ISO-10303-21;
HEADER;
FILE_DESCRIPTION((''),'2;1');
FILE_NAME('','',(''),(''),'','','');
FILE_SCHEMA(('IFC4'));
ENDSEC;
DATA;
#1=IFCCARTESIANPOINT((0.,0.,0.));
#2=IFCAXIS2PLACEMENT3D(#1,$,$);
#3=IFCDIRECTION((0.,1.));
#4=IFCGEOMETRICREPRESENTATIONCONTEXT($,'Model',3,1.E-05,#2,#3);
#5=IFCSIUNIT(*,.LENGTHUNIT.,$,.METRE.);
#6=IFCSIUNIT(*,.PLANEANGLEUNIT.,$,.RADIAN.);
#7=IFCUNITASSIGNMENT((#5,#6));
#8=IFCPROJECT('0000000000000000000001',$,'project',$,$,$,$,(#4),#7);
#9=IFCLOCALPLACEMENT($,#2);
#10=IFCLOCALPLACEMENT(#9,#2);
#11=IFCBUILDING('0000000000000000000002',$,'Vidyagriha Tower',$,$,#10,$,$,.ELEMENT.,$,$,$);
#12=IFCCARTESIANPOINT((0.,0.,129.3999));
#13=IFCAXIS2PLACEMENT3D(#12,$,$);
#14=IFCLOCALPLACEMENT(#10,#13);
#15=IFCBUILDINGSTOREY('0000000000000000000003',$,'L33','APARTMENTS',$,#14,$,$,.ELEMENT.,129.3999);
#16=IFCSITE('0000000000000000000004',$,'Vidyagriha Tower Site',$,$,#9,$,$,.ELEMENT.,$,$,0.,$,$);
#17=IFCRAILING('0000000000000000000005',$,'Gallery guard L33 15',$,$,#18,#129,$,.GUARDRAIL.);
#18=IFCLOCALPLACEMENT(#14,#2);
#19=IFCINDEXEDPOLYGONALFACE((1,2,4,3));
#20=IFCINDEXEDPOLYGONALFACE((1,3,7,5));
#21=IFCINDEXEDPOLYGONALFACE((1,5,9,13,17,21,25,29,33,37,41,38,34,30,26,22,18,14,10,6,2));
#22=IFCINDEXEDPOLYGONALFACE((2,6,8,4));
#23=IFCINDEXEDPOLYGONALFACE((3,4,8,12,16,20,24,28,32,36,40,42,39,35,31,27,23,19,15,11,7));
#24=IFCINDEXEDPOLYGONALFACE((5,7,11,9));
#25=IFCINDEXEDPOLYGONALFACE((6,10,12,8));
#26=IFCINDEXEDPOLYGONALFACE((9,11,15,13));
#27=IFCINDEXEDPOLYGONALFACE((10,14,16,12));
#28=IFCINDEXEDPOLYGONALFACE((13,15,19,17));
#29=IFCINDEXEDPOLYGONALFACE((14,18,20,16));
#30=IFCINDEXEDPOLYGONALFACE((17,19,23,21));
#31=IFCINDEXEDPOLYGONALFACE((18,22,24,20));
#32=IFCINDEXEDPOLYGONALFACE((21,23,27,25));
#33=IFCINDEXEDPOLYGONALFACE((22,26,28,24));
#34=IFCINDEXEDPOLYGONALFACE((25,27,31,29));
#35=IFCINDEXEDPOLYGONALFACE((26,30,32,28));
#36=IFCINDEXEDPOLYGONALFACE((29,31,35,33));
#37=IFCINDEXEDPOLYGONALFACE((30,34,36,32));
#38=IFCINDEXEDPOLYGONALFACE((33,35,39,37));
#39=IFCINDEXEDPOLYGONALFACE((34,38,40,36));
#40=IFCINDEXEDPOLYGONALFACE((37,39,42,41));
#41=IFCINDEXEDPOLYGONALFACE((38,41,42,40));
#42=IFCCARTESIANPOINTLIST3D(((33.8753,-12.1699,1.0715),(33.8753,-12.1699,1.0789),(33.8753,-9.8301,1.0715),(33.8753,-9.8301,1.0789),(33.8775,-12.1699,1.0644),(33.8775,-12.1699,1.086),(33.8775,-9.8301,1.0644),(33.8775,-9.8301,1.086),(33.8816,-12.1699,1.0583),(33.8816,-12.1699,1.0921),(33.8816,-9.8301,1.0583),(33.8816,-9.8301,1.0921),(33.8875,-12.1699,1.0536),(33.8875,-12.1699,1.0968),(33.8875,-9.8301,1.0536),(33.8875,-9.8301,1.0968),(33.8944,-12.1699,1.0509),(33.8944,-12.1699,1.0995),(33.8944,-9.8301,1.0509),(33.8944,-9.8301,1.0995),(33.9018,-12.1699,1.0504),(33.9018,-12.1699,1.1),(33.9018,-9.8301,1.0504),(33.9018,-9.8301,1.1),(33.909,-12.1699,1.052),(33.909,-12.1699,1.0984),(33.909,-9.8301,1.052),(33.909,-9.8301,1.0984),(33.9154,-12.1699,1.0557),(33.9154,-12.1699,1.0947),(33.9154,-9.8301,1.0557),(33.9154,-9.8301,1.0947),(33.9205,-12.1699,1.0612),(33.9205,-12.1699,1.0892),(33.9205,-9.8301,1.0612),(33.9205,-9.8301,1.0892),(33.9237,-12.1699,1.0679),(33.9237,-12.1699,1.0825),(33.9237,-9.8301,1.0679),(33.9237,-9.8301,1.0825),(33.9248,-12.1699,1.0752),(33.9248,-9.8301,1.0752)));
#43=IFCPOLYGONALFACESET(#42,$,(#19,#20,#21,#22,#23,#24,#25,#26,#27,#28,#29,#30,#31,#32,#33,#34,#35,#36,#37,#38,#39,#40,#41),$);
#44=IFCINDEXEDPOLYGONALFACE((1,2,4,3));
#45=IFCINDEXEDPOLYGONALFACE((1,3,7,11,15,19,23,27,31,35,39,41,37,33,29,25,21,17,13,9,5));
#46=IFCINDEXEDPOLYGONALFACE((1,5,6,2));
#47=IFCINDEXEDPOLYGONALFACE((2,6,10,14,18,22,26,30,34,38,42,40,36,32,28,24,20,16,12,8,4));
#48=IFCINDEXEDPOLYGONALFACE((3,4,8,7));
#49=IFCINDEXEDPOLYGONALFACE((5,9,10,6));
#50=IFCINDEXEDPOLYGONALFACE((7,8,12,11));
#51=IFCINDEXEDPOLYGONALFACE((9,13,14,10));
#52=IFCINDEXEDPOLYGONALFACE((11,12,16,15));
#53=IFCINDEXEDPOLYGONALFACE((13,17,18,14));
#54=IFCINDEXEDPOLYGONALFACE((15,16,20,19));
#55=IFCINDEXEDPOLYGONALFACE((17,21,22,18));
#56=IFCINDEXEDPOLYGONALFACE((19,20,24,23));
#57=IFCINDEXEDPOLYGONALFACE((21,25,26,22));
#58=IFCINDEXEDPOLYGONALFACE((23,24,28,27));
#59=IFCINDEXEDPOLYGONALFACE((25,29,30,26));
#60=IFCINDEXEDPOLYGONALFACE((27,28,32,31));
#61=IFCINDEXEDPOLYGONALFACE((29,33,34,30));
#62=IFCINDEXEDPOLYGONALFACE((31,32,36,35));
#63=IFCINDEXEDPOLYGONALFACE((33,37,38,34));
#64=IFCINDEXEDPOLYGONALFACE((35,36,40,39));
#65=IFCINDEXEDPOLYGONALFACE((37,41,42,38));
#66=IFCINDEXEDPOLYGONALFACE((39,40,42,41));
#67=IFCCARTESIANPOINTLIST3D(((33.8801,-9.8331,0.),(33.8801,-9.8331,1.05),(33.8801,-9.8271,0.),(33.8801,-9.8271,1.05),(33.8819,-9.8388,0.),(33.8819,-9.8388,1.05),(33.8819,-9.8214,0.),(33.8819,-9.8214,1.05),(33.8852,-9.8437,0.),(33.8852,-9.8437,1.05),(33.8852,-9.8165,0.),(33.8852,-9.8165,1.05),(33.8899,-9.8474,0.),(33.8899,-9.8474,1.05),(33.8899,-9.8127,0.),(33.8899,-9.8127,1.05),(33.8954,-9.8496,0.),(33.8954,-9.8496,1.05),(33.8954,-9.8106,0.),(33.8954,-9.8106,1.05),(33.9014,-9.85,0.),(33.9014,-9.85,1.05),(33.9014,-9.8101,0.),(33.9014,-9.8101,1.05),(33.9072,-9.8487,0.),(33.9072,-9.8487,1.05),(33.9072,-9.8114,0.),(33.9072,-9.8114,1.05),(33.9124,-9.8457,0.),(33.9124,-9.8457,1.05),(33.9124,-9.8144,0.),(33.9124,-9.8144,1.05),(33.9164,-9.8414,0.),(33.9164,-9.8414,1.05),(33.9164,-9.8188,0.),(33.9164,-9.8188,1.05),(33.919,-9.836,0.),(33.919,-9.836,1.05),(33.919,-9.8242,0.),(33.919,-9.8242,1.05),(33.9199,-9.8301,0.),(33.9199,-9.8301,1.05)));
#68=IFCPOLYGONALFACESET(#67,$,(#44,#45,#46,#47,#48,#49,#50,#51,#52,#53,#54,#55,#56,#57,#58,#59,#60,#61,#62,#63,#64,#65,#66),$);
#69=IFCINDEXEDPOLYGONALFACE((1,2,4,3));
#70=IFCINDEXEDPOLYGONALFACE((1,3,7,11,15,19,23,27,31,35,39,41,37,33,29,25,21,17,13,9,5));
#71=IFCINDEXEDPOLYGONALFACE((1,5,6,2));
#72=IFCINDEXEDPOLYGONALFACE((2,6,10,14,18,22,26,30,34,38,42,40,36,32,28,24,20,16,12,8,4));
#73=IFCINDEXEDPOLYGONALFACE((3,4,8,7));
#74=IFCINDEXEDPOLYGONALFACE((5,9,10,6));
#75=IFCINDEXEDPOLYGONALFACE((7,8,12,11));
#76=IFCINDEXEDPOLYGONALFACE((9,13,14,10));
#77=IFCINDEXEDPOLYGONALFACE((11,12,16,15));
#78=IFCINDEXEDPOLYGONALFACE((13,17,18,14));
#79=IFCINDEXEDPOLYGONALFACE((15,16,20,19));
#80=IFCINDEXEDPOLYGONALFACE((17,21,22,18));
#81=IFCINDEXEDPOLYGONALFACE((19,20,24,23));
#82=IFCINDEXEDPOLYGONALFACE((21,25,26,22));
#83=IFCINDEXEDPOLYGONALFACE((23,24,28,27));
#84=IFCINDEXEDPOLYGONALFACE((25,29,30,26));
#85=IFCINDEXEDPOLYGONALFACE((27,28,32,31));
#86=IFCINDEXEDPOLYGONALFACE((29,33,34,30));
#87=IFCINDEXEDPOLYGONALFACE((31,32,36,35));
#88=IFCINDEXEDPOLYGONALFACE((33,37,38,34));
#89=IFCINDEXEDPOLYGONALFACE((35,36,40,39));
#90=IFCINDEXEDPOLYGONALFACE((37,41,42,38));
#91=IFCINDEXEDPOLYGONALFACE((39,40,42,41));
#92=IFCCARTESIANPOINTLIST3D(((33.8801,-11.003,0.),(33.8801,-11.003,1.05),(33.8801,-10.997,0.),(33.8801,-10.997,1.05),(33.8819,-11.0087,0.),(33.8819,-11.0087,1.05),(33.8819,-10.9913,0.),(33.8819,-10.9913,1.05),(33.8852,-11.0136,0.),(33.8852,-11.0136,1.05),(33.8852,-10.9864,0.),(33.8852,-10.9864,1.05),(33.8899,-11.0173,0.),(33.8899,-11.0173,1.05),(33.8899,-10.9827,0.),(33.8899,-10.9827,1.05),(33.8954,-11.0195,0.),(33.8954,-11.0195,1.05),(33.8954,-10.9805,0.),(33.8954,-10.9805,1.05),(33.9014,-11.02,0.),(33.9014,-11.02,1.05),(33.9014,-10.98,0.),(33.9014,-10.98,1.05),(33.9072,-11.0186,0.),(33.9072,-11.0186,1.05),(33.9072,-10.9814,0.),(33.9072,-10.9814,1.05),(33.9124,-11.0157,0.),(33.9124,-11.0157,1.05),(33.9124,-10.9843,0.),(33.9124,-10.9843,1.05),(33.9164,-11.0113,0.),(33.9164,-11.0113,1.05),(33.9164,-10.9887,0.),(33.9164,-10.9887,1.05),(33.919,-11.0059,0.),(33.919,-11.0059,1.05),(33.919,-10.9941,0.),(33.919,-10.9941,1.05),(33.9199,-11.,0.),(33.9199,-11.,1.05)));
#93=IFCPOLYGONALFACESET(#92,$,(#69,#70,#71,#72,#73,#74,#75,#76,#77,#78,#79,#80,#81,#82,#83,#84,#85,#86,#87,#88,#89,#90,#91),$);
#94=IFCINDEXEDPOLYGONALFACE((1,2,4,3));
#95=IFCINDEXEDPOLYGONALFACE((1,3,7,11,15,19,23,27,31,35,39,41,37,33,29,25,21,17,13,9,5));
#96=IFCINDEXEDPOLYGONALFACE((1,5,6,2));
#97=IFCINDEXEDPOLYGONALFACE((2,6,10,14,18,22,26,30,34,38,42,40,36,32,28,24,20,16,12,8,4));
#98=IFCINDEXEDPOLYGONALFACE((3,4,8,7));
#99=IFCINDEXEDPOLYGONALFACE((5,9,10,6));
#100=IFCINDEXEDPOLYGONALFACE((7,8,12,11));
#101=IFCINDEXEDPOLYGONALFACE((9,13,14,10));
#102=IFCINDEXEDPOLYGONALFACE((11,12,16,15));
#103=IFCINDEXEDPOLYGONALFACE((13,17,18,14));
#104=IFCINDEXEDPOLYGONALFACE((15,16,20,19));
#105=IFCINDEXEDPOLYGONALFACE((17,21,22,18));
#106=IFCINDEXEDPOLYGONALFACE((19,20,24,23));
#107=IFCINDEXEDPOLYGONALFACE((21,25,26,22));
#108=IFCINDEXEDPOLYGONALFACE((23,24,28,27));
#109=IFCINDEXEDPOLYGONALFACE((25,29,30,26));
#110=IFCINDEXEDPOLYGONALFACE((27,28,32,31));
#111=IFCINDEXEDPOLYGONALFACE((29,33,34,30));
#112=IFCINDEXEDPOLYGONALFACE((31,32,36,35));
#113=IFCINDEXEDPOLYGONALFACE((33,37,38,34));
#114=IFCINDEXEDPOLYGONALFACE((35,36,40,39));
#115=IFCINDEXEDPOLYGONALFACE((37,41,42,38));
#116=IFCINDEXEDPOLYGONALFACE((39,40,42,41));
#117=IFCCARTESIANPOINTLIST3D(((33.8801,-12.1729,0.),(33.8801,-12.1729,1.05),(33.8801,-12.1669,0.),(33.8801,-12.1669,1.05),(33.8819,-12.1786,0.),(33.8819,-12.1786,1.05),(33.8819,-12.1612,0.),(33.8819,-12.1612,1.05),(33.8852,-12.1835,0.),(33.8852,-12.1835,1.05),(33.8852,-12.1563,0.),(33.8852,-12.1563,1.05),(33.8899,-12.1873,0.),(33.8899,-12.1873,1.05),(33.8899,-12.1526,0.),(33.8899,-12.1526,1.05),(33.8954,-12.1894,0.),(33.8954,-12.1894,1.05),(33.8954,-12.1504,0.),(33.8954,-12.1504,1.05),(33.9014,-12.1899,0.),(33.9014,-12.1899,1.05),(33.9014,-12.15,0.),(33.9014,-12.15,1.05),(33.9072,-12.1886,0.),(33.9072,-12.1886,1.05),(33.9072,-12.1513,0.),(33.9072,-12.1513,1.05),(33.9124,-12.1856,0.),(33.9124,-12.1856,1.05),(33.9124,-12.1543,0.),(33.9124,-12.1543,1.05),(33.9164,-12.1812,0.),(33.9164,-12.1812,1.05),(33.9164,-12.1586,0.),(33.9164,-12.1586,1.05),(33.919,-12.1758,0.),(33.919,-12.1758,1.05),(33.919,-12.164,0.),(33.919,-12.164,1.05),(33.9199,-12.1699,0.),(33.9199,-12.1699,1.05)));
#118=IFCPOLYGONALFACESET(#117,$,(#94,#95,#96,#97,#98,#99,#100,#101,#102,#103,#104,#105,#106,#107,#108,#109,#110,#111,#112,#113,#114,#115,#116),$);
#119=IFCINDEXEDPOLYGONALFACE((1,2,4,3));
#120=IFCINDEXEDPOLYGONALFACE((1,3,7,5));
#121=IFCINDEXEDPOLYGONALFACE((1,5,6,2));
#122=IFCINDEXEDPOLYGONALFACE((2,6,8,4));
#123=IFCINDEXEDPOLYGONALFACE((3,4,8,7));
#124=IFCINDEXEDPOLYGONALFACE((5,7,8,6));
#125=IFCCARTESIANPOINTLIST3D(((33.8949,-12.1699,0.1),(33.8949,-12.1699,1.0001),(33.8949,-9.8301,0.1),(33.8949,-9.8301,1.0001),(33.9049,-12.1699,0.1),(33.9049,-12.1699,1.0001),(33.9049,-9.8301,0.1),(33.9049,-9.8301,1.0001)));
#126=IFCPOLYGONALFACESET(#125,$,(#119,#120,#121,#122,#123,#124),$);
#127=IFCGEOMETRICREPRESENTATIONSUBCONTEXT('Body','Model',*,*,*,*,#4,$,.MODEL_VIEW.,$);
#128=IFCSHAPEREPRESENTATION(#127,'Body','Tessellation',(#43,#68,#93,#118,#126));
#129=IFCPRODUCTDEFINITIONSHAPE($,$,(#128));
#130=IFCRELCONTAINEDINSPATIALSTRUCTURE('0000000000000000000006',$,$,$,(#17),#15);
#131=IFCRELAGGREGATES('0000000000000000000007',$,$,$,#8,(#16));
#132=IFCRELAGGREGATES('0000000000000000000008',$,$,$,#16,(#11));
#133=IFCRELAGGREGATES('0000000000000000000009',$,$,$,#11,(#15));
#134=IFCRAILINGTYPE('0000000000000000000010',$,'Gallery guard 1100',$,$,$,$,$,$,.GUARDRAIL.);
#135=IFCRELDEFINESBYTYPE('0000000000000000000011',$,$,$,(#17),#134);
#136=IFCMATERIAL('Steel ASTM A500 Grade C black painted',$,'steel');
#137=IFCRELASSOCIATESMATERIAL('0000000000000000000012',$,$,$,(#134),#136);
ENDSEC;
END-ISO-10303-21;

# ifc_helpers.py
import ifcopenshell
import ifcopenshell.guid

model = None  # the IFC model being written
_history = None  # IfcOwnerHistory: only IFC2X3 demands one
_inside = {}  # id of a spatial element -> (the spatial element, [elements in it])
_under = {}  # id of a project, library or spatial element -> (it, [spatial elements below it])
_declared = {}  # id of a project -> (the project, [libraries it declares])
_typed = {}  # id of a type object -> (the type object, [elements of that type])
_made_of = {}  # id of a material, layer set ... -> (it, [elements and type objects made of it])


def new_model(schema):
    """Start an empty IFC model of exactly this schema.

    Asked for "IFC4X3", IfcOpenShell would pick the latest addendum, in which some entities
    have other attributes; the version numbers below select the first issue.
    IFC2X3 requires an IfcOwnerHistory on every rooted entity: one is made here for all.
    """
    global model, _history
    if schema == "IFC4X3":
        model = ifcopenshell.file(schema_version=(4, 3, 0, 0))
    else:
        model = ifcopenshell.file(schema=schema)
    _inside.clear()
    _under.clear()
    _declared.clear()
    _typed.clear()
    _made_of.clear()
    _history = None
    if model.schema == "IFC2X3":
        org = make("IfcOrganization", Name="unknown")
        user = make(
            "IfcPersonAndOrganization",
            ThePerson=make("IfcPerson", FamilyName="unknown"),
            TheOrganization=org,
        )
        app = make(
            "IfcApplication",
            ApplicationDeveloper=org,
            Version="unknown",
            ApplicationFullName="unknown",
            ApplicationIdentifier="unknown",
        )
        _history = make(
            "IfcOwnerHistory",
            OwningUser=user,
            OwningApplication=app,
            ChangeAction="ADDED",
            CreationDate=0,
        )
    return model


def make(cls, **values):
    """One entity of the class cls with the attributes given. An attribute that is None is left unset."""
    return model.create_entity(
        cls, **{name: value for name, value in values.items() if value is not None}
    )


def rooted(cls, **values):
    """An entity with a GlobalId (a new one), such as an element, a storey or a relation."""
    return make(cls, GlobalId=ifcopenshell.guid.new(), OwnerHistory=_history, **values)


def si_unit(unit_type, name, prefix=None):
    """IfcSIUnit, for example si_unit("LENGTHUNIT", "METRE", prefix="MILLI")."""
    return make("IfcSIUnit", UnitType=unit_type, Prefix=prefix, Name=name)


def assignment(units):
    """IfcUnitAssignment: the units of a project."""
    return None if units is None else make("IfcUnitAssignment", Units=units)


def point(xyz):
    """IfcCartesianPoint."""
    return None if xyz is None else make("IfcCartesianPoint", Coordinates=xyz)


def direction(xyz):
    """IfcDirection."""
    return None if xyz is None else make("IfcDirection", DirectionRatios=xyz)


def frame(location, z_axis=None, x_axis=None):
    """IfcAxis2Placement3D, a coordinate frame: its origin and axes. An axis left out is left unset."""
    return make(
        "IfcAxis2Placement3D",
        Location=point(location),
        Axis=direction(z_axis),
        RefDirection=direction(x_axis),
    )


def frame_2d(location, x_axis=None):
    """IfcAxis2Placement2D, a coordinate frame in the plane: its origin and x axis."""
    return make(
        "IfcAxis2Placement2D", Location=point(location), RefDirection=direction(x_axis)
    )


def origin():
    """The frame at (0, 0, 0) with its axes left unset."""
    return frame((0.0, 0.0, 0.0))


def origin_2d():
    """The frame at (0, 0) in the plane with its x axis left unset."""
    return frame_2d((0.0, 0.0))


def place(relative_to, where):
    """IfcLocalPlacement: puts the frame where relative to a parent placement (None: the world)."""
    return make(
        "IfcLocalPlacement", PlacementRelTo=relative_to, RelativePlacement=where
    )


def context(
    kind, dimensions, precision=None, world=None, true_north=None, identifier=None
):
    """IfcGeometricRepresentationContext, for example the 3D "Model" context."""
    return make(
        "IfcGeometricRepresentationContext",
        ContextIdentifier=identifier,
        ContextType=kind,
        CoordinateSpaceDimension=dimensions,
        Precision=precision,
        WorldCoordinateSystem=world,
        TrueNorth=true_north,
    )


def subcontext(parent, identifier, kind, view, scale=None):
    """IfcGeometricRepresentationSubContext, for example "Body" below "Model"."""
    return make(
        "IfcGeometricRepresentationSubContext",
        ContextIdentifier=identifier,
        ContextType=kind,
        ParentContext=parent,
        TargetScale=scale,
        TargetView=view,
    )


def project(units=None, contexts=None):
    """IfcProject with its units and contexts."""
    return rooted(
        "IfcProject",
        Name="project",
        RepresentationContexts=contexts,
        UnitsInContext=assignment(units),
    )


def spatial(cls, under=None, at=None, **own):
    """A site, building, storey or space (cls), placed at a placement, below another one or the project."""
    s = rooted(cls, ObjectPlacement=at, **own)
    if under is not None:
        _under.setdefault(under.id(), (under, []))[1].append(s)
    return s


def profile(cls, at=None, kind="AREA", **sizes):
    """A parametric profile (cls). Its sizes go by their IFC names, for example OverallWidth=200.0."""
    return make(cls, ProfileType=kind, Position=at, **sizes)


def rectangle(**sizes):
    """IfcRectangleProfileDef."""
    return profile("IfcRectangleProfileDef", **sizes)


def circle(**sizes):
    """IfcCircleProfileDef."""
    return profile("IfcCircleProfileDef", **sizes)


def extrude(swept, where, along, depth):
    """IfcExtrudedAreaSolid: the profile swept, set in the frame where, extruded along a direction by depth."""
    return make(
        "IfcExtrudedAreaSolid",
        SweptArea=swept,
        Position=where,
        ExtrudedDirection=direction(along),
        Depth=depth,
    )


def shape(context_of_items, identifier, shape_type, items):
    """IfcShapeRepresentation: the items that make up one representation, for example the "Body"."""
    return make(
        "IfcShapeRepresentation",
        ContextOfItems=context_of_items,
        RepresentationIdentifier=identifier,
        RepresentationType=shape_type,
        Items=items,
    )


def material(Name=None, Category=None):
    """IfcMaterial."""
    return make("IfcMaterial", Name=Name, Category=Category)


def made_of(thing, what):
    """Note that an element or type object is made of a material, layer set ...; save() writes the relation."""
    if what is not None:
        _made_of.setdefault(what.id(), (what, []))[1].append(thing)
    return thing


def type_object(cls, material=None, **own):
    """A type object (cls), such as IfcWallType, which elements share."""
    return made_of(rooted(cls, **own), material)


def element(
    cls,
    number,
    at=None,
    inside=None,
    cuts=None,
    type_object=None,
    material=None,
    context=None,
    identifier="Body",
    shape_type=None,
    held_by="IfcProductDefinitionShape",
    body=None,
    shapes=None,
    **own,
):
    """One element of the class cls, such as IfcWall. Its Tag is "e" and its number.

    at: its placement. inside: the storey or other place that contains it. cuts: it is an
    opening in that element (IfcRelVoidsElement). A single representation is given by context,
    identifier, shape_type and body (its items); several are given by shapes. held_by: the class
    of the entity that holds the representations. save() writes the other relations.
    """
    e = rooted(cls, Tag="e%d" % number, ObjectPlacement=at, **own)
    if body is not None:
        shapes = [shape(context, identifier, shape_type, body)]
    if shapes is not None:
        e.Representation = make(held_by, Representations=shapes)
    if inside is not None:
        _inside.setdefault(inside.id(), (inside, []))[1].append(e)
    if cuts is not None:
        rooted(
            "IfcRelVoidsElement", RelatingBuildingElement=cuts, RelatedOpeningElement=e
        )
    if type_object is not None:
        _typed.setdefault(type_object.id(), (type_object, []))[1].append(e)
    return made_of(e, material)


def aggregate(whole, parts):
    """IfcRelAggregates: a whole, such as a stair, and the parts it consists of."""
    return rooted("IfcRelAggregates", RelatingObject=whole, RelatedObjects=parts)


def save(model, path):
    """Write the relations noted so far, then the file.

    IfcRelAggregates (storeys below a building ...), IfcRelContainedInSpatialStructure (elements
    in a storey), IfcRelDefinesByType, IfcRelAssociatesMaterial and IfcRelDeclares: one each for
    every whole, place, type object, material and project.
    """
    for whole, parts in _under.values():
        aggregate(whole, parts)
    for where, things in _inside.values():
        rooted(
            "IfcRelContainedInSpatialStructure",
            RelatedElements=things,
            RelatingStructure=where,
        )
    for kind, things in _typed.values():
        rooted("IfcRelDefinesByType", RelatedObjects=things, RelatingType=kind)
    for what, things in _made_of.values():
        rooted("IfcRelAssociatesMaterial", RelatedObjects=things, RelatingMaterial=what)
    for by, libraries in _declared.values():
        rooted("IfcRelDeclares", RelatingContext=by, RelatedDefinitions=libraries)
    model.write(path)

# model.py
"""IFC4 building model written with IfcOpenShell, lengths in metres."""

from ifc_helpers import new_model, si_unit, direction, frame, origin, origin_2d, place, context, subcontext, project, spatial, rectangle, circle, extrude, material, type_object, element, save


model = new_model("IFC4")

# Units and contexts
model_context = context("Model", 3, precision=1e-05, world=origin(), true_north=direction((0.0, 1.0)))
body_context = subcontext(model_context, "Body", "Model", "MODEL_VIEW")
ifc_project = project(units=[si_unit("LENGTHUNIT", "METRE"), si_unit("PLANEANGLEUNIT", "RADIAN")], contexts=[model_context])

# Site, building, storey
site_placement = place(None, origin())
site = spatial("IfcSite", under=ifc_project, at=site_placement, Name="Vidyagriha Tower Site", CompositionType="ELEMENT", RefElevation=0.0)
building_placement = place(site_placement, origin())
building = spatial("IfcBuilding", under=site, at=building_placement, Name="Vidyagriha Tower", CompositionType="ELEMENT")
storey_placement = place(building_placement, frame((0.0, 0.0, 129.3999)))
storey = spatial("IfcBuildingStorey", under=building, at=storey_placement, Name="L33", Description="APARTMENTS", CompositionType="ELEMENT", Elevation=129.3999)

# Railing
ifc_material_1 = material(Name="Steel ASTM A500 Grade C black painted", Category="steel")
railing_type_1 = type_object("IfcRailingType", Name="Gallery guard 1100", PredefinedType="GUARDRAIL", material=ifc_material_1)
railing_1_placement = place(storey_placement, frame((33.8999, -9.8301, 0.0)))
element("IfcRailing", 1, at=railing_1_placement, inside=storey, type_object=railing_type_1, Name="Gallery guard L33 15", PredefinedType="GUARDRAIL", context=body_context, shape_type="SweptSolid", body=[
    extrude(circle(Radius=0.0249, at=origin_2d()), frame((0.0, 0.0, 1.0752), z_axis=(0.0, -1.0, 0.0), x_axis=(1.0, 0.0, 0.0)), (0.0, 0.0, 1.0), 2.3398),
    extrude(circle(Radius=0.02, at=origin_2d()), origin(), (0.0, 0.0, 1.0), 1.05),
    extrude(circle(Radius=0.02, at=origin_2d()), frame((0.0, -1.1699, 0.0)), (0.0, 0.0, 1.0), 1.05),
    extrude(circle(Radius=0.02, at=origin_2d()), frame((0.0, -2.3398, 0.0)), (0.0, 0.0, 1.0), 1.05),
    extrude(rectangle(XDim=0.01, YDim=0.9001, at=origin_2d()), frame((0.0, 0.0, 0.55), z_axis=(0.0, -1.0, 0.0), x_axis=(1.0, 0.0, 0.0)), (0.0, 0.0, 1.0), 2.3398),
])

save(model, "model.ifc")
